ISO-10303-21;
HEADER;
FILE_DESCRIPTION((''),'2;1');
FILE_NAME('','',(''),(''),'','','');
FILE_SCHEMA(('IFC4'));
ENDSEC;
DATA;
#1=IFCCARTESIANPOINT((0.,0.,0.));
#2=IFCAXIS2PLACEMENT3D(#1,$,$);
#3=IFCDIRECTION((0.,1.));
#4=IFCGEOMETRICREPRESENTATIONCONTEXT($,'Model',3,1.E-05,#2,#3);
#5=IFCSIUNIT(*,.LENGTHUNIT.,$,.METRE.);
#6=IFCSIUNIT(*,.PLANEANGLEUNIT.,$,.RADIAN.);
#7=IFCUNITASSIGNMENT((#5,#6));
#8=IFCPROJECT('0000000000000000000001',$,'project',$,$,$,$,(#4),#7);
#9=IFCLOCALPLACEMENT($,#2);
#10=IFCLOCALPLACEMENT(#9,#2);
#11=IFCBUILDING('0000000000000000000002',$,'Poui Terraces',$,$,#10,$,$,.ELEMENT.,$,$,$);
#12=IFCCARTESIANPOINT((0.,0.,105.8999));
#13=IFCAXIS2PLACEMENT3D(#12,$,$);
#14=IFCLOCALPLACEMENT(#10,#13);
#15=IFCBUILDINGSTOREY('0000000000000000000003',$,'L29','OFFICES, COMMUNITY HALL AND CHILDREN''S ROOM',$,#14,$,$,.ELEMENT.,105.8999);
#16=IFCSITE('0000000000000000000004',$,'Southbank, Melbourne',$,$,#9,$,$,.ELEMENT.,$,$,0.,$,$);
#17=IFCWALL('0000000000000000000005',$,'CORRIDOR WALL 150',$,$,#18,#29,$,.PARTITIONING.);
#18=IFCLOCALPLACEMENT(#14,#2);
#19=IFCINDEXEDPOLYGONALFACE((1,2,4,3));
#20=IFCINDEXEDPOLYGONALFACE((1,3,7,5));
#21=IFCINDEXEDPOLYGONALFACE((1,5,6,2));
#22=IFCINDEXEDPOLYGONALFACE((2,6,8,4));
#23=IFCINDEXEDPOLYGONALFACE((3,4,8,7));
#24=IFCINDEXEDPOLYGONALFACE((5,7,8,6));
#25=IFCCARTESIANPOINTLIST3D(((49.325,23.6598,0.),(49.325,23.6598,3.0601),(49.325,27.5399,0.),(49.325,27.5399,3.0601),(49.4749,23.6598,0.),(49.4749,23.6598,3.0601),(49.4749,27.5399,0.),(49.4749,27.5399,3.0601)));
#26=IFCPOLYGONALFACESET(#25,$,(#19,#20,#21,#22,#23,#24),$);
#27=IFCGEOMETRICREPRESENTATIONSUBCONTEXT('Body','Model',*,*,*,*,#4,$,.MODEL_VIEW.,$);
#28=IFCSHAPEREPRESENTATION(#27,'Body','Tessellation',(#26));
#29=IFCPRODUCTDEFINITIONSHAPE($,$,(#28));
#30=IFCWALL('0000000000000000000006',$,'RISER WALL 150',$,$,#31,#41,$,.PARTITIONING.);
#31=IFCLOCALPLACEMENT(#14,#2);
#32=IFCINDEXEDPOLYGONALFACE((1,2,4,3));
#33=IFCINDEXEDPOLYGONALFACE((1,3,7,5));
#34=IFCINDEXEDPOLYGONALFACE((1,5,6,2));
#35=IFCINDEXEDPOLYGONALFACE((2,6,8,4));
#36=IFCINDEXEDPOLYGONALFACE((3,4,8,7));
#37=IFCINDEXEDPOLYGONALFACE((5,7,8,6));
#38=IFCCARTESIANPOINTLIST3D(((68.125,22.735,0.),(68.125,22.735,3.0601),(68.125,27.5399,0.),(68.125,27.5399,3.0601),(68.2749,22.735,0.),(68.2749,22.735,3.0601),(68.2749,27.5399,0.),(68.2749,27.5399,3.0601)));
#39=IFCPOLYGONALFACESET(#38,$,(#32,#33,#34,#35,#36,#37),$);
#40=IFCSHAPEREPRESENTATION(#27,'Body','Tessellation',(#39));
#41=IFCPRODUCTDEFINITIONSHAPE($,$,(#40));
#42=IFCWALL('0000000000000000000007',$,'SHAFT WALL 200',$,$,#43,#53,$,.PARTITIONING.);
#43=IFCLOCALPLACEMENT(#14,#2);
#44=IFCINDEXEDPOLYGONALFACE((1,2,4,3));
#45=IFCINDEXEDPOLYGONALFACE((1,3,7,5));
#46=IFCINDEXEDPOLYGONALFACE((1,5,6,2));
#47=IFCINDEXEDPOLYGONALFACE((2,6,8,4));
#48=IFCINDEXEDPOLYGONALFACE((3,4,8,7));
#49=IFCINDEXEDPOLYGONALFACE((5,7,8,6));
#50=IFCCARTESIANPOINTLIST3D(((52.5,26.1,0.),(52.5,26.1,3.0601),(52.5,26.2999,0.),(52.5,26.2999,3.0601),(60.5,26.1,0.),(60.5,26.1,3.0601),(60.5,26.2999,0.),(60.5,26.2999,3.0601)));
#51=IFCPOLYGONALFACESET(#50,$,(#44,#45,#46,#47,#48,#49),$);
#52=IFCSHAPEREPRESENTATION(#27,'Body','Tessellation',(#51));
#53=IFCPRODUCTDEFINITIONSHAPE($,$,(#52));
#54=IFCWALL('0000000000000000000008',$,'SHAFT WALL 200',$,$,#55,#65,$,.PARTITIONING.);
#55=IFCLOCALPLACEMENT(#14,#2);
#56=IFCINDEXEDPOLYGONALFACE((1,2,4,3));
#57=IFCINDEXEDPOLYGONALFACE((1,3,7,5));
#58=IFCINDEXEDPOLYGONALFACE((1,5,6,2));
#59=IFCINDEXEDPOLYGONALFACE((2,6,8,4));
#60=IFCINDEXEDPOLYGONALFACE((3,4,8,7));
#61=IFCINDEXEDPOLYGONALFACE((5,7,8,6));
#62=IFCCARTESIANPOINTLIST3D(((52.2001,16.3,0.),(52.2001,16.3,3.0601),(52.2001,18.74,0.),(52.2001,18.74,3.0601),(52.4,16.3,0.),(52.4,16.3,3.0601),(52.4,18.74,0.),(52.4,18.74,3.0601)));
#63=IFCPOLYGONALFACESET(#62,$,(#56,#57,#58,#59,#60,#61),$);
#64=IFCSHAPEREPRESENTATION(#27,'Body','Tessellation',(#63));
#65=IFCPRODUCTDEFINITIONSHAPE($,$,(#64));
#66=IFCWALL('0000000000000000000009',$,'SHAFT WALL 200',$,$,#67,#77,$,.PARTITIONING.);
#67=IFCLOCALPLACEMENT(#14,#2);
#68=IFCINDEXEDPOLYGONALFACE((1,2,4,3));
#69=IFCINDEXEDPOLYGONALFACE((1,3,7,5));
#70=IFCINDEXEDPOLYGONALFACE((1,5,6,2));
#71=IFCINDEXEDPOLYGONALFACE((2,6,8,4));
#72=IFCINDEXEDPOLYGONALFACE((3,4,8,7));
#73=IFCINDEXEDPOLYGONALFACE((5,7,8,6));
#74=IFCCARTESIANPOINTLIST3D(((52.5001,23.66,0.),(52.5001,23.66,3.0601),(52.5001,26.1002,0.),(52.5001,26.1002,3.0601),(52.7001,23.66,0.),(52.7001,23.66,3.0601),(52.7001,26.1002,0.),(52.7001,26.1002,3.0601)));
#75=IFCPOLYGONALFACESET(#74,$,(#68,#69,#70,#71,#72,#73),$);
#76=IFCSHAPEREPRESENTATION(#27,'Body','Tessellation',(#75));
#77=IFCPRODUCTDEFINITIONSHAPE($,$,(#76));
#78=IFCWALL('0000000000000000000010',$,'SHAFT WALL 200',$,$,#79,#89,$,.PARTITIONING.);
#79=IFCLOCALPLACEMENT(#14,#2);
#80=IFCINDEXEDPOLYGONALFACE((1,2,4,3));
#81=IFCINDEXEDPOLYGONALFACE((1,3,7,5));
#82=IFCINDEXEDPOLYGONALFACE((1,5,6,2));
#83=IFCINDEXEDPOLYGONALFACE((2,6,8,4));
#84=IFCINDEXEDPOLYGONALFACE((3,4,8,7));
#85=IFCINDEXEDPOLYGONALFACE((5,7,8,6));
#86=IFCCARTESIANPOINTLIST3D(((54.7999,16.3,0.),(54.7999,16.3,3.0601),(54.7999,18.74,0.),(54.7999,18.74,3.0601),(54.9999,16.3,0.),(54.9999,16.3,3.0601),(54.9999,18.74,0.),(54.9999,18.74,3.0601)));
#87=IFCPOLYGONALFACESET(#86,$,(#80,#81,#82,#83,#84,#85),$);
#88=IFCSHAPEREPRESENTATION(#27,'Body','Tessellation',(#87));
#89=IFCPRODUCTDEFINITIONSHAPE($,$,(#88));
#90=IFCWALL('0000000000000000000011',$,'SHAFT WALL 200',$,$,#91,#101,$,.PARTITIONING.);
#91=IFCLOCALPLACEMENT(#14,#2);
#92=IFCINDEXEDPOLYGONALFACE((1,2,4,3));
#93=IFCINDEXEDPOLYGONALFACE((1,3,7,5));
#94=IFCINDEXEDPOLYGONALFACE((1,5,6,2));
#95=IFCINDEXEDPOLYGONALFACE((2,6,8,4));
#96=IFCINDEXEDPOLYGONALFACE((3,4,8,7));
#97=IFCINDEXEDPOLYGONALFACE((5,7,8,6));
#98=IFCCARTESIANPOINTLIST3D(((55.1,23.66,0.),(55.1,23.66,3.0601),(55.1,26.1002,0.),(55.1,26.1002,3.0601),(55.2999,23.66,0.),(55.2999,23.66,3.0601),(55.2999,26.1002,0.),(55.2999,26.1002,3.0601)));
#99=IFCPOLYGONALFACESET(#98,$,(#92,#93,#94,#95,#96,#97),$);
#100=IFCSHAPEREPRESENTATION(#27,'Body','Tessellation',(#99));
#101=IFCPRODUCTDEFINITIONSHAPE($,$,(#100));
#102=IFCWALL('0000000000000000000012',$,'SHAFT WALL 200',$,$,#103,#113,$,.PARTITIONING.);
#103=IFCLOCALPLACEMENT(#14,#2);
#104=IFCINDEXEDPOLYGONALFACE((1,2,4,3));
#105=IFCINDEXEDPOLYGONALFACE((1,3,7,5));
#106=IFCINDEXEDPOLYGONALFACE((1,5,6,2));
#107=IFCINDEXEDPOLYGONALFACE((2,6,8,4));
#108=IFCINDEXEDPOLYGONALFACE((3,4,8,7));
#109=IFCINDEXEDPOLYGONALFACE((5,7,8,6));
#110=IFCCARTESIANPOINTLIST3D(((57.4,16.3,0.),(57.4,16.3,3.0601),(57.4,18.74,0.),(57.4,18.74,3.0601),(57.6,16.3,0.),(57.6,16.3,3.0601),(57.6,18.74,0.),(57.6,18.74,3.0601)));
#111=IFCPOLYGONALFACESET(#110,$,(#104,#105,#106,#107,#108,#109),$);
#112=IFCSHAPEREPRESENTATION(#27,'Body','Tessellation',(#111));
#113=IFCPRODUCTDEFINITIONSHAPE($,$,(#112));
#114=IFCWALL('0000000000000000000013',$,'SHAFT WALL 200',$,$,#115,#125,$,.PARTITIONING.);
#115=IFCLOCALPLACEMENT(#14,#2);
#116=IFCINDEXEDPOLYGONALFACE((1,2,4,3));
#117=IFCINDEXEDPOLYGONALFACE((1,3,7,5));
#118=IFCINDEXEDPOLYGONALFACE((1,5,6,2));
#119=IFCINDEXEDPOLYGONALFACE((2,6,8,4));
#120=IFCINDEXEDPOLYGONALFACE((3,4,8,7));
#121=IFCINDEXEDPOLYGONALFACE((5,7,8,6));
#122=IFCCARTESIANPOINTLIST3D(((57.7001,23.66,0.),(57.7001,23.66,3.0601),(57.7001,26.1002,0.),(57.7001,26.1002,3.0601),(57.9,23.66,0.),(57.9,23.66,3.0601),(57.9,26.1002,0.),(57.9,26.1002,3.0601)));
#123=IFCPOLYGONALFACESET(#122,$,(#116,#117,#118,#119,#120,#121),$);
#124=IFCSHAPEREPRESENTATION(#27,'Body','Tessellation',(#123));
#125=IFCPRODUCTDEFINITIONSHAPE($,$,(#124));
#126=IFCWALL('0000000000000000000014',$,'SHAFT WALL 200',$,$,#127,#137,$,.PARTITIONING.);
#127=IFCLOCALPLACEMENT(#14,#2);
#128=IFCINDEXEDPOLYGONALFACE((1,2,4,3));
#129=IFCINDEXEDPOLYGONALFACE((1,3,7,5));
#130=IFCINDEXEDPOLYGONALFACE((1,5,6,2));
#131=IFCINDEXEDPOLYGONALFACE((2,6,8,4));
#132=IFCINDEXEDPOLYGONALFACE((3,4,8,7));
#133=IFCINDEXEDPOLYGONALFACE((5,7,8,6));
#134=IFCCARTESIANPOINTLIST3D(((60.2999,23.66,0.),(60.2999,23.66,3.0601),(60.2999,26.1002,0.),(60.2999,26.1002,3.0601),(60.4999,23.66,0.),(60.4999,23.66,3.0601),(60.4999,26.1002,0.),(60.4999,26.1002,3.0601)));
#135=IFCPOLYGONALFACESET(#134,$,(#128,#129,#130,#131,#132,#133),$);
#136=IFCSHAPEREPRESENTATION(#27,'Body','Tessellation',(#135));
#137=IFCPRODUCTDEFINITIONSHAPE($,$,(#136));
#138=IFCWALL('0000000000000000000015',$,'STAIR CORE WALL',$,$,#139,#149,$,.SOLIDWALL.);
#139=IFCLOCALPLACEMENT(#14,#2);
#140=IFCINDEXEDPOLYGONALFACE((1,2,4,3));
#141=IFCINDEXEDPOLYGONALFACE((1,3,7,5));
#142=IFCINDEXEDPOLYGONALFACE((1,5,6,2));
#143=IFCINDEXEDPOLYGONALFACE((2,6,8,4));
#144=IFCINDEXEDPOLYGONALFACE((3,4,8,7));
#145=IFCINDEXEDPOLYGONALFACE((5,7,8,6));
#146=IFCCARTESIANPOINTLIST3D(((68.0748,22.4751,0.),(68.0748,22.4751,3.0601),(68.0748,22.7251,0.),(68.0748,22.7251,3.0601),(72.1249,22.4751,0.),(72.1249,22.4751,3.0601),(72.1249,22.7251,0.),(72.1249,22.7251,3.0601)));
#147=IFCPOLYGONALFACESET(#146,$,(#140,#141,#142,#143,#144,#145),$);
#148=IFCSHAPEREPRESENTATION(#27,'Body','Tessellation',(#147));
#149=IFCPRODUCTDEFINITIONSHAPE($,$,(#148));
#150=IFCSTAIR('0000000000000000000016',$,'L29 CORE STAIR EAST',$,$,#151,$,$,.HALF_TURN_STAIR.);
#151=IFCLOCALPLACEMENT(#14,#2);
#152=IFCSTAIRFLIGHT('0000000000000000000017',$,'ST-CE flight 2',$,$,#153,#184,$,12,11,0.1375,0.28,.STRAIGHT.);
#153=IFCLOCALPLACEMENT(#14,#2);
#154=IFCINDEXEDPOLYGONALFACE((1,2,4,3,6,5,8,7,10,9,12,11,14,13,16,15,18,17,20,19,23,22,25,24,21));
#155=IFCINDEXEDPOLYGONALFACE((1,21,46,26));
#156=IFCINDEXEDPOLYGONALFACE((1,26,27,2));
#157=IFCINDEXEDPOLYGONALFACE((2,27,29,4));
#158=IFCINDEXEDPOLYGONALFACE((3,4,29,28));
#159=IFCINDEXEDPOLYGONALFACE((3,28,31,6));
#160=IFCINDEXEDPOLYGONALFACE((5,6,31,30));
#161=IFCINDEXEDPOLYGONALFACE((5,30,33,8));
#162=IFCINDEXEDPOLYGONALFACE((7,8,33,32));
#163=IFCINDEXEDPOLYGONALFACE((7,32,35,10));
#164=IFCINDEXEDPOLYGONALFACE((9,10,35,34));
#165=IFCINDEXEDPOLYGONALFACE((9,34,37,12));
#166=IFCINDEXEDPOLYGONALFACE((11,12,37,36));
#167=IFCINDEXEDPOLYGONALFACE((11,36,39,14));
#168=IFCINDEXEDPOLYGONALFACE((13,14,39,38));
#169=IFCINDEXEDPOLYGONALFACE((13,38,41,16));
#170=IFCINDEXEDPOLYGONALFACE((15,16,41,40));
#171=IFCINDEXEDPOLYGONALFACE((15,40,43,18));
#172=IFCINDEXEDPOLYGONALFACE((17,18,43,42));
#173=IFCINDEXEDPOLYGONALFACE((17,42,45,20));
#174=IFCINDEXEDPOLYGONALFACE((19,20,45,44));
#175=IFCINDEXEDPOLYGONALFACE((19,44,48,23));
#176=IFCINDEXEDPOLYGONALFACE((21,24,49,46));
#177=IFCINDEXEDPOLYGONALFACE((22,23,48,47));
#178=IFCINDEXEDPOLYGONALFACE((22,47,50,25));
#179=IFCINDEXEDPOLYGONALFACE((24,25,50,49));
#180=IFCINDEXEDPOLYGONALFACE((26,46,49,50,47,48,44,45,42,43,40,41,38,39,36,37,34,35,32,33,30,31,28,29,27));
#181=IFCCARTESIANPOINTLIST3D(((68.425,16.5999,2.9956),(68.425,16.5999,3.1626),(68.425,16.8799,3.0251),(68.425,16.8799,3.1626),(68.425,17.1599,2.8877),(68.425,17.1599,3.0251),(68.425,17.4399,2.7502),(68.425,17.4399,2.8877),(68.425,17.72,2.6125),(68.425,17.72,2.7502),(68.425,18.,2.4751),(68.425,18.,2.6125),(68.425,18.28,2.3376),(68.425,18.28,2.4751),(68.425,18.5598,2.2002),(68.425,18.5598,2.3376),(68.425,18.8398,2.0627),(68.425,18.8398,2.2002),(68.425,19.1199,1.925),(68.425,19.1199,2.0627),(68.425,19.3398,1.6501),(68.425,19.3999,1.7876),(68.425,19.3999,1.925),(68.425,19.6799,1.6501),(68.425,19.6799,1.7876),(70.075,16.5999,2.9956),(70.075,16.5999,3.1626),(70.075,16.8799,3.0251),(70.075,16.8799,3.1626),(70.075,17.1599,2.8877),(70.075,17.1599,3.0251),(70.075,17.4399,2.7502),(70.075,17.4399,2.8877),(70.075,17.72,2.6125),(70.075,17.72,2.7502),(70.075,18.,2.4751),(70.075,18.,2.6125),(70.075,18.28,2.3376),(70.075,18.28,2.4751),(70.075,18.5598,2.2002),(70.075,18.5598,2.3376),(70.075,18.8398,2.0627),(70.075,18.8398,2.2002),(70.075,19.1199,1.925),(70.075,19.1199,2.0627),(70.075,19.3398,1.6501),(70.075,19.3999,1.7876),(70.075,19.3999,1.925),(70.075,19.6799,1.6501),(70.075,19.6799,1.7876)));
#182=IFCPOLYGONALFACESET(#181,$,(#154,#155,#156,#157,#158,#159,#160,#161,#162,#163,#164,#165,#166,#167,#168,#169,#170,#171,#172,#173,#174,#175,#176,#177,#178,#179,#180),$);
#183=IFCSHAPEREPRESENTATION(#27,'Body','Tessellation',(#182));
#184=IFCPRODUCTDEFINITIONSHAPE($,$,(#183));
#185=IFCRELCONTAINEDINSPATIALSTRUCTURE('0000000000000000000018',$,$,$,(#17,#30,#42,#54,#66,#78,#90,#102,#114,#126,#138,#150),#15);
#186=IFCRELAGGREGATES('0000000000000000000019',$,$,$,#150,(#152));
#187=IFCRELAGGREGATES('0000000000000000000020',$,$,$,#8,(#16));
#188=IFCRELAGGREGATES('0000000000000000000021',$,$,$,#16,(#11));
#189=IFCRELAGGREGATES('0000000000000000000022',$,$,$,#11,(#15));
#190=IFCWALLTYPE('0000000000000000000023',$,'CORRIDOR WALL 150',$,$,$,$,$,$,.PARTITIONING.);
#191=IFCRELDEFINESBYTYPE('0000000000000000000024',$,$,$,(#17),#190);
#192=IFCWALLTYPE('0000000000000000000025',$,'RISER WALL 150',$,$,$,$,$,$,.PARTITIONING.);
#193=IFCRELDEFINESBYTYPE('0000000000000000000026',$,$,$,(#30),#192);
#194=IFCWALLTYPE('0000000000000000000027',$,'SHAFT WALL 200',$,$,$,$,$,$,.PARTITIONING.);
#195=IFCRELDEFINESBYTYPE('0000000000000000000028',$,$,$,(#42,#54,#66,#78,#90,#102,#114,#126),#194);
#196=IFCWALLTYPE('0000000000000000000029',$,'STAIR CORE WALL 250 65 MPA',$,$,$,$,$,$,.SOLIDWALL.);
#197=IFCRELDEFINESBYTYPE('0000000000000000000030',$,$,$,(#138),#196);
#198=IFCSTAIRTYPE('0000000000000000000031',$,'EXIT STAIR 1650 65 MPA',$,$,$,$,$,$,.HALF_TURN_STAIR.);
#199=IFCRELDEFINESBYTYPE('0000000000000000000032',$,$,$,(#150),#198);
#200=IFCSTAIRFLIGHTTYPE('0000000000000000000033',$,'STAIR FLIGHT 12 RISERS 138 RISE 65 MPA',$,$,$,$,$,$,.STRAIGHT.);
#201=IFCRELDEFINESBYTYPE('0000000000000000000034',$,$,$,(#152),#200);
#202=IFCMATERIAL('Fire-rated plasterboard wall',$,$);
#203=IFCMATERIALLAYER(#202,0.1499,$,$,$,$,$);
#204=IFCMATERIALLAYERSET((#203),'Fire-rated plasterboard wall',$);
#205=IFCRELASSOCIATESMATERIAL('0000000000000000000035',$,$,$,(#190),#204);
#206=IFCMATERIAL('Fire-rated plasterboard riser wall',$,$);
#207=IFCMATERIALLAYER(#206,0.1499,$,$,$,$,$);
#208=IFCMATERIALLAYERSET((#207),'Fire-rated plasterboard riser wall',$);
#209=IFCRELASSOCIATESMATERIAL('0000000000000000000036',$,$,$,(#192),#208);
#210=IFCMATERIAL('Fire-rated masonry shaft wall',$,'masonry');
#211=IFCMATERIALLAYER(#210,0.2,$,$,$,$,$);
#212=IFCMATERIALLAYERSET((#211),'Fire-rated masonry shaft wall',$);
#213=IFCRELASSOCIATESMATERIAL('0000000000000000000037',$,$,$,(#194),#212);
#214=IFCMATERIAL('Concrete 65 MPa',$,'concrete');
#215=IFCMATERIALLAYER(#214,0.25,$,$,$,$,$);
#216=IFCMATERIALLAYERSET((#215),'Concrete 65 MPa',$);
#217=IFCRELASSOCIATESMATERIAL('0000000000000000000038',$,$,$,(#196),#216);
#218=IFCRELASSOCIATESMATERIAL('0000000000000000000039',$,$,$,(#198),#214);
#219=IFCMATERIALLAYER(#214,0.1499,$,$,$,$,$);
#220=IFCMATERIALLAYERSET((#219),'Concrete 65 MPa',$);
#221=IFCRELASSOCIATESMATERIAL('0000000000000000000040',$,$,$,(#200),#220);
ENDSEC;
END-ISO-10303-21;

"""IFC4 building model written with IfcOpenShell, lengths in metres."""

from ifc_helpers import new_model, si_unit, direction, frame, frame_2d, origin, place, context, subcontext, project, spatial, polyline, rectangle, outline, extrude, material, layer, layer_set, type_object, element, aggregate, save


model = new_model("IFC4")

# Units and contexts
model_context = context("Model", 3, precision=1e-05, world=origin(), true_north=direction((0.0, 1.0)))
body_context = subcontext(model_context, "Body", "Model", "MODEL_VIEW")
ifc_project = project(units=[si_unit("LENGTHUNIT", "METRE"), si_unit("PLANEANGLEUNIT", "RADIAN")], contexts=[model_context])

# Site, building, storey
site_placement = place(None, origin())
site = spatial("IfcSite", under=ifc_project, at=site_placement, Name="Southbank, Melbourne", CompositionType="ELEMENT", RefElevation=0.0)
building_placement = place(site_placement, origin())
building = spatial("IfcBuilding", under=site, at=building_placement, Name="Poui Terraces", CompositionType="ELEMENT")
storey_placement = place(building_placement, frame((0.0, 0.0, 105.8999)))
storey = spatial("IfcBuildingStorey", under=building, at=storey_placement, Name="L29", Description="OFFICES, COMMUNITY HALL AND CHILDREN'S ROOM", CompositionType="ELEMENT", Elevation=105.8999)

# Walls
ifc_material_1 = material(Name="Fire-rated plasterboard wall")
ifc_layer_1 = layer(ifc_material_1, 0.1499)
ifc_layer_set_1 = layer_set([ifc_layer_1], Name="Fire-rated plasterboard wall")
wall_type_1 = type_object("IfcWallType", Name="CORRIDOR WALL 150", PredefinedType="PARTITIONING", material=ifc_layer_set_1)
wall_1_placement = place(storey_placement, frame((49.3999, 23.6599, 0.0), z_axis=(0.0, 0.0, 1.0), x_axis=(0.0, 1.0, 0.0)))
element("IfcWall", 1, at=wall_1_placement, inside=storey, type_object=wall_type_1, Name="CORRIDOR WALL 150", PredefinedType="PARTITIONING", context=body_context, shape_type="SweptSolid", body=[
    extrude(rectangle(XDim=3.8801, YDim=0.1499, at=frame_2d((1.9399, 0.0))), origin(), (0.0, 0.0, 1.0), 3.0601),
])
ifc_material_2 = material(Name="Fire-rated plasterboard riser wall")
ifc_layer_2 = layer(ifc_material_2, 0.1499)
ifc_layer_set_2 = layer_set([ifc_layer_2], Name="Fire-rated plasterboard riser wall")
wall_type_2 = type_object("IfcWallType", Name="RISER WALL 150", PredefinedType="PARTITIONING", material=ifc_layer_set_2)
wall_2_placement = place(storey_placement, frame((68.2, 22.7351, 0.0), z_axis=(0.0, 0.0, 1.0), x_axis=(0.0, 1.0, 0.0)))
element("IfcWall", 2, at=wall_2_placement, inside=storey, type_object=wall_type_2, Name="RISER WALL 150", PredefinedType="PARTITIONING", context=body_context, shape_type="SweptSolid", body=[
    extrude(rectangle(XDim=4.8049, YDim=0.1499, at=frame_2d((2.4023, 0.0))), origin(), (0.0, 0.0, 1.0), 3.0601),
])
ifc_material_3 = material(Name="Fire-rated masonry shaft wall", Category="masonry")
ifc_layer_3 = layer(ifc_material_3, 0.2)
ifc_layer_set_3 = layer_set([ifc_layer_3], Name="Fire-rated masonry shaft wall")
wall_type_3 = type_object("IfcWallType", Name="SHAFT WALL 200", PredefinedType="PARTITIONING", material=ifc_layer_set_3)
wall_3_placement = place(storey_placement, frame((52.5, 26.2, 0.0), z_axis=(0.0, 0.0, 1.0), x_axis=(1.0, 0.0, 0.0)))
element("IfcWall", 3, at=wall_3_placement, inside=storey, type_object=wall_type_3, Name="SHAFT WALL 200", PredefinedType="PARTITIONING", context=body_context, shape_type="SweptSolid", body=[
    extrude(rectangle(XDim=8.0, YDim=0.2, at=frame_2d((4.0, 0.0))), origin(), (0.0, 0.0, 1.0), 3.0601),
])
wall_4_placement = place(storey_placement, frame((52.3, 16.3, 0.0), z_axis=(0.0, 0.0, 1.0), x_axis=(0.0, 1.0, 0.0)))
element("IfcWall", 4, at=wall_4_placement, inside=storey, type_object=wall_type_3, Name="SHAFT WALL 200", PredefinedType="PARTITIONING", context=body_context, shape_type="SweptSolid", body=[
    extrude(rectangle(XDim=2.4399, YDim=0.2, at=frame_2d((1.22, 0.0))), origin(), (0.0, 0.0, 1.0), 3.0601),
])
wall_5_placement = place(storey_placement, frame((52.6001, 23.6599, 0.0), z_axis=(0.0, 0.0, 1.0), x_axis=(0.0, 1.0, 0.0)))
element("IfcWall", 5, at=wall_5_placement, inside=storey, type_object=wall_type_3, Name="SHAFT WALL 200", PredefinedType="PARTITIONING", context=body_context, shape_type="SweptSolid", body=[
    extrude(rectangle(XDim=2.4402, YDim=0.2, at=frame_2d((1.2202, 0.0))), origin(), (0.0, 0.0, 1.0), 3.0601),
])
wall_6_placement = place(storey_placement, frame((54.8999, 16.3, 0.0), z_axis=(0.0, 0.0, 1.0), x_axis=(0.0, 1.0, 0.0)))
element("IfcWall", 6, at=wall_6_placement, inside=storey, type_object=wall_type_3, Name="SHAFT WALL 200", PredefinedType="PARTITIONING", context=body_context, shape_type="SweptSolid", body=[
    extrude(rectangle(XDim=2.4399, YDim=0.2, at=frame_2d((1.22, 0.0))), origin(), (0.0, 0.0, 1.0), 3.0601),
])
wall_7_placement = place(storey_placement, frame((55.2, 23.6599, 0.0), z_axis=(0.0, 0.0, 1.0), x_axis=(0.0, 1.0, 0.0)))
element("IfcWall", 7, at=wall_7_placement, inside=storey, type_object=wall_type_3, Name="SHAFT WALL 200", PredefinedType="PARTITIONING", context=body_context, shape_type="SweptSolid", body=[
    extrude(rectangle(XDim=2.4402, YDim=0.2, at=frame_2d((1.2202, 0.0))), origin(), (0.0, 0.0, 1.0), 3.0601),
])
wall_8_placement = place(storey_placement, frame((57.5, 16.3, 0.0), z_axis=(0.0, 0.0, 1.0), x_axis=(0.0, 1.0, 0.0)))
element("IfcWall", 8, at=wall_8_placement, inside=storey, type_object=wall_type_3, Name="SHAFT WALL 200", PredefinedType="PARTITIONING", context=body_context, shape_type="SweptSolid", body=[
    extrude(rectangle(XDim=2.4399, YDim=0.2, at=frame_2d((1.22, 0.0))), origin(), (0.0, 0.0, 1.0), 3.0601),
])
for number, where, z_axis, x_axis, name in (
    (9, (57.8, 23.6599, 0.0), (0.0, 0.0, 1.0), (0.0, 1.0, 0.0), "SHAFT WALL 200"),
    (10, (60.3999, 23.6599, 0.0), (0.0, 0.0, 1.0), (0.0, 1.0, 0.0), "SHAFT WALL 200"),
):
    element("IfcWall", number, at=place(storey_placement, frame(where, z_axis=z_axis, x_axis=x_axis)), inside=storey, type_object=wall_type_3, Name=name, PredefinedType="PARTITIONING", context=body_context, shape_type="SweptSolid", body=[
        extrude(rectangle(XDim=2.4402, YDim=0.2, at=frame_2d((1.2202, 0.0))), origin(), (0.0, 0.0, 1.0), 3.0601),
    ])
ifc_material_4 = material(Name="Concrete 65 MPa", Category="concrete")
ifc_layer_4 = layer(ifc_material_4, 0.25)
ifc_layer_set_4 = layer_set([ifc_layer_4], Name="Concrete 65 MPa")
wall_type_4 = type_object("IfcWallType", Name="STAIR CORE WALL 250 65 MPA", PredefinedType="SOLIDWALL", material=ifc_layer_set_4)
wall_9_placement = place(storey_placement, frame((68.075, 22.6001, 0.0), z_axis=(0.0, 0.0, 1.0), x_axis=(1.0, 0.0, 0.0)))
element("IfcWall", 11, at=wall_9_placement, inside=storey, type_object=wall_type_4, Name="STAIR CORE WALL", PredefinedType="SOLIDWALL", context=body_context, shape_type="SweptSolid", body=[
    extrude(rectangle(XDim=4.05, YDim=0.25, at=frame_2d((2.0249, 0.0))), origin(), (0.0, 0.0, 1.0), 3.0601),
])

# Stair, stair flight
stair_type = type_object("IfcStairType", Name="EXIT STAIR 1650 65 MPA", PredefinedType="HALF_TURN_STAIR", material=ifc_material_4)
stair_placement = place(storey_placement, origin())
stair = element("IfcStair", 12, at=stair_placement, inside=storey, type_object=stair_type, Name="L29 CORE STAIR EAST", PredefinedType="HALF_TURN_STAIR")
ifc_layer_5 = layer(ifc_material_4, 0.1499)
ifc_layer_set_5 = layer_set([ifc_layer_5], Name="Concrete 65 MPa")
stair_flight_type = type_object("IfcStairFlightType", Name="STAIR FLIGHT 12 RISERS 138 RISE 65 MPA", PredefinedType="STRAIGHT", material=ifc_layer_set_5)
stair_flight_placement = place(storey_placement, frame((69.25, 19.6799, 1.6501), z_axis=(0.0, 0.0, 1.0), x_axis=(0.0, -1.0, 0.0)))
stair_flight = element("IfcStairFlight", 13, at=stair_flight_placement, type_object=stair_flight_type, Name="ST-CE flight 2", NumberOfRisers=12, NumberOfTreads=11, PredefinedType="STRAIGHT", RiserHeight=0.1375, TreadLength=0.28, context=body_context, shape_type="SweptSolid", body=[
    extrude(outline(polyline([(0.0, 0.0), (0.0, 0.1375), (0.28, 0.1375), (0.28, 0.2749), (0.5601, 0.2749), (0.5601, 0.4126), (0.8401, 0.4126), (0.8401, 0.55), (1.1201, 0.55), (1.1201, 0.6875), (1.3999, 0.6875), (1.3999, 0.825), (1.6799, 0.825), (1.6799, 0.9624), (1.96, 0.9624), (1.96, 1.1001), (2.24, 1.1001), (2.24, 1.2375), (2.52, 1.2375), (2.52, 1.375), (2.8, 1.375), (2.8, 1.5125), (3.0801, 1.5125), (3.0801, 1.6499), (3.0801, 1.3455), (0.3401, 0.0), (0.0, 0.0)])), frame((0.0, 0.825, 0.0), z_axis=(0.0, -1.0, 0.0), x_axis=(1.0, 0.0, 0.0)), (0.0, 0.0, 1.0), 1.6499),
])
aggregate(stair, [stair_flight])

save(model, "model.ifc")
